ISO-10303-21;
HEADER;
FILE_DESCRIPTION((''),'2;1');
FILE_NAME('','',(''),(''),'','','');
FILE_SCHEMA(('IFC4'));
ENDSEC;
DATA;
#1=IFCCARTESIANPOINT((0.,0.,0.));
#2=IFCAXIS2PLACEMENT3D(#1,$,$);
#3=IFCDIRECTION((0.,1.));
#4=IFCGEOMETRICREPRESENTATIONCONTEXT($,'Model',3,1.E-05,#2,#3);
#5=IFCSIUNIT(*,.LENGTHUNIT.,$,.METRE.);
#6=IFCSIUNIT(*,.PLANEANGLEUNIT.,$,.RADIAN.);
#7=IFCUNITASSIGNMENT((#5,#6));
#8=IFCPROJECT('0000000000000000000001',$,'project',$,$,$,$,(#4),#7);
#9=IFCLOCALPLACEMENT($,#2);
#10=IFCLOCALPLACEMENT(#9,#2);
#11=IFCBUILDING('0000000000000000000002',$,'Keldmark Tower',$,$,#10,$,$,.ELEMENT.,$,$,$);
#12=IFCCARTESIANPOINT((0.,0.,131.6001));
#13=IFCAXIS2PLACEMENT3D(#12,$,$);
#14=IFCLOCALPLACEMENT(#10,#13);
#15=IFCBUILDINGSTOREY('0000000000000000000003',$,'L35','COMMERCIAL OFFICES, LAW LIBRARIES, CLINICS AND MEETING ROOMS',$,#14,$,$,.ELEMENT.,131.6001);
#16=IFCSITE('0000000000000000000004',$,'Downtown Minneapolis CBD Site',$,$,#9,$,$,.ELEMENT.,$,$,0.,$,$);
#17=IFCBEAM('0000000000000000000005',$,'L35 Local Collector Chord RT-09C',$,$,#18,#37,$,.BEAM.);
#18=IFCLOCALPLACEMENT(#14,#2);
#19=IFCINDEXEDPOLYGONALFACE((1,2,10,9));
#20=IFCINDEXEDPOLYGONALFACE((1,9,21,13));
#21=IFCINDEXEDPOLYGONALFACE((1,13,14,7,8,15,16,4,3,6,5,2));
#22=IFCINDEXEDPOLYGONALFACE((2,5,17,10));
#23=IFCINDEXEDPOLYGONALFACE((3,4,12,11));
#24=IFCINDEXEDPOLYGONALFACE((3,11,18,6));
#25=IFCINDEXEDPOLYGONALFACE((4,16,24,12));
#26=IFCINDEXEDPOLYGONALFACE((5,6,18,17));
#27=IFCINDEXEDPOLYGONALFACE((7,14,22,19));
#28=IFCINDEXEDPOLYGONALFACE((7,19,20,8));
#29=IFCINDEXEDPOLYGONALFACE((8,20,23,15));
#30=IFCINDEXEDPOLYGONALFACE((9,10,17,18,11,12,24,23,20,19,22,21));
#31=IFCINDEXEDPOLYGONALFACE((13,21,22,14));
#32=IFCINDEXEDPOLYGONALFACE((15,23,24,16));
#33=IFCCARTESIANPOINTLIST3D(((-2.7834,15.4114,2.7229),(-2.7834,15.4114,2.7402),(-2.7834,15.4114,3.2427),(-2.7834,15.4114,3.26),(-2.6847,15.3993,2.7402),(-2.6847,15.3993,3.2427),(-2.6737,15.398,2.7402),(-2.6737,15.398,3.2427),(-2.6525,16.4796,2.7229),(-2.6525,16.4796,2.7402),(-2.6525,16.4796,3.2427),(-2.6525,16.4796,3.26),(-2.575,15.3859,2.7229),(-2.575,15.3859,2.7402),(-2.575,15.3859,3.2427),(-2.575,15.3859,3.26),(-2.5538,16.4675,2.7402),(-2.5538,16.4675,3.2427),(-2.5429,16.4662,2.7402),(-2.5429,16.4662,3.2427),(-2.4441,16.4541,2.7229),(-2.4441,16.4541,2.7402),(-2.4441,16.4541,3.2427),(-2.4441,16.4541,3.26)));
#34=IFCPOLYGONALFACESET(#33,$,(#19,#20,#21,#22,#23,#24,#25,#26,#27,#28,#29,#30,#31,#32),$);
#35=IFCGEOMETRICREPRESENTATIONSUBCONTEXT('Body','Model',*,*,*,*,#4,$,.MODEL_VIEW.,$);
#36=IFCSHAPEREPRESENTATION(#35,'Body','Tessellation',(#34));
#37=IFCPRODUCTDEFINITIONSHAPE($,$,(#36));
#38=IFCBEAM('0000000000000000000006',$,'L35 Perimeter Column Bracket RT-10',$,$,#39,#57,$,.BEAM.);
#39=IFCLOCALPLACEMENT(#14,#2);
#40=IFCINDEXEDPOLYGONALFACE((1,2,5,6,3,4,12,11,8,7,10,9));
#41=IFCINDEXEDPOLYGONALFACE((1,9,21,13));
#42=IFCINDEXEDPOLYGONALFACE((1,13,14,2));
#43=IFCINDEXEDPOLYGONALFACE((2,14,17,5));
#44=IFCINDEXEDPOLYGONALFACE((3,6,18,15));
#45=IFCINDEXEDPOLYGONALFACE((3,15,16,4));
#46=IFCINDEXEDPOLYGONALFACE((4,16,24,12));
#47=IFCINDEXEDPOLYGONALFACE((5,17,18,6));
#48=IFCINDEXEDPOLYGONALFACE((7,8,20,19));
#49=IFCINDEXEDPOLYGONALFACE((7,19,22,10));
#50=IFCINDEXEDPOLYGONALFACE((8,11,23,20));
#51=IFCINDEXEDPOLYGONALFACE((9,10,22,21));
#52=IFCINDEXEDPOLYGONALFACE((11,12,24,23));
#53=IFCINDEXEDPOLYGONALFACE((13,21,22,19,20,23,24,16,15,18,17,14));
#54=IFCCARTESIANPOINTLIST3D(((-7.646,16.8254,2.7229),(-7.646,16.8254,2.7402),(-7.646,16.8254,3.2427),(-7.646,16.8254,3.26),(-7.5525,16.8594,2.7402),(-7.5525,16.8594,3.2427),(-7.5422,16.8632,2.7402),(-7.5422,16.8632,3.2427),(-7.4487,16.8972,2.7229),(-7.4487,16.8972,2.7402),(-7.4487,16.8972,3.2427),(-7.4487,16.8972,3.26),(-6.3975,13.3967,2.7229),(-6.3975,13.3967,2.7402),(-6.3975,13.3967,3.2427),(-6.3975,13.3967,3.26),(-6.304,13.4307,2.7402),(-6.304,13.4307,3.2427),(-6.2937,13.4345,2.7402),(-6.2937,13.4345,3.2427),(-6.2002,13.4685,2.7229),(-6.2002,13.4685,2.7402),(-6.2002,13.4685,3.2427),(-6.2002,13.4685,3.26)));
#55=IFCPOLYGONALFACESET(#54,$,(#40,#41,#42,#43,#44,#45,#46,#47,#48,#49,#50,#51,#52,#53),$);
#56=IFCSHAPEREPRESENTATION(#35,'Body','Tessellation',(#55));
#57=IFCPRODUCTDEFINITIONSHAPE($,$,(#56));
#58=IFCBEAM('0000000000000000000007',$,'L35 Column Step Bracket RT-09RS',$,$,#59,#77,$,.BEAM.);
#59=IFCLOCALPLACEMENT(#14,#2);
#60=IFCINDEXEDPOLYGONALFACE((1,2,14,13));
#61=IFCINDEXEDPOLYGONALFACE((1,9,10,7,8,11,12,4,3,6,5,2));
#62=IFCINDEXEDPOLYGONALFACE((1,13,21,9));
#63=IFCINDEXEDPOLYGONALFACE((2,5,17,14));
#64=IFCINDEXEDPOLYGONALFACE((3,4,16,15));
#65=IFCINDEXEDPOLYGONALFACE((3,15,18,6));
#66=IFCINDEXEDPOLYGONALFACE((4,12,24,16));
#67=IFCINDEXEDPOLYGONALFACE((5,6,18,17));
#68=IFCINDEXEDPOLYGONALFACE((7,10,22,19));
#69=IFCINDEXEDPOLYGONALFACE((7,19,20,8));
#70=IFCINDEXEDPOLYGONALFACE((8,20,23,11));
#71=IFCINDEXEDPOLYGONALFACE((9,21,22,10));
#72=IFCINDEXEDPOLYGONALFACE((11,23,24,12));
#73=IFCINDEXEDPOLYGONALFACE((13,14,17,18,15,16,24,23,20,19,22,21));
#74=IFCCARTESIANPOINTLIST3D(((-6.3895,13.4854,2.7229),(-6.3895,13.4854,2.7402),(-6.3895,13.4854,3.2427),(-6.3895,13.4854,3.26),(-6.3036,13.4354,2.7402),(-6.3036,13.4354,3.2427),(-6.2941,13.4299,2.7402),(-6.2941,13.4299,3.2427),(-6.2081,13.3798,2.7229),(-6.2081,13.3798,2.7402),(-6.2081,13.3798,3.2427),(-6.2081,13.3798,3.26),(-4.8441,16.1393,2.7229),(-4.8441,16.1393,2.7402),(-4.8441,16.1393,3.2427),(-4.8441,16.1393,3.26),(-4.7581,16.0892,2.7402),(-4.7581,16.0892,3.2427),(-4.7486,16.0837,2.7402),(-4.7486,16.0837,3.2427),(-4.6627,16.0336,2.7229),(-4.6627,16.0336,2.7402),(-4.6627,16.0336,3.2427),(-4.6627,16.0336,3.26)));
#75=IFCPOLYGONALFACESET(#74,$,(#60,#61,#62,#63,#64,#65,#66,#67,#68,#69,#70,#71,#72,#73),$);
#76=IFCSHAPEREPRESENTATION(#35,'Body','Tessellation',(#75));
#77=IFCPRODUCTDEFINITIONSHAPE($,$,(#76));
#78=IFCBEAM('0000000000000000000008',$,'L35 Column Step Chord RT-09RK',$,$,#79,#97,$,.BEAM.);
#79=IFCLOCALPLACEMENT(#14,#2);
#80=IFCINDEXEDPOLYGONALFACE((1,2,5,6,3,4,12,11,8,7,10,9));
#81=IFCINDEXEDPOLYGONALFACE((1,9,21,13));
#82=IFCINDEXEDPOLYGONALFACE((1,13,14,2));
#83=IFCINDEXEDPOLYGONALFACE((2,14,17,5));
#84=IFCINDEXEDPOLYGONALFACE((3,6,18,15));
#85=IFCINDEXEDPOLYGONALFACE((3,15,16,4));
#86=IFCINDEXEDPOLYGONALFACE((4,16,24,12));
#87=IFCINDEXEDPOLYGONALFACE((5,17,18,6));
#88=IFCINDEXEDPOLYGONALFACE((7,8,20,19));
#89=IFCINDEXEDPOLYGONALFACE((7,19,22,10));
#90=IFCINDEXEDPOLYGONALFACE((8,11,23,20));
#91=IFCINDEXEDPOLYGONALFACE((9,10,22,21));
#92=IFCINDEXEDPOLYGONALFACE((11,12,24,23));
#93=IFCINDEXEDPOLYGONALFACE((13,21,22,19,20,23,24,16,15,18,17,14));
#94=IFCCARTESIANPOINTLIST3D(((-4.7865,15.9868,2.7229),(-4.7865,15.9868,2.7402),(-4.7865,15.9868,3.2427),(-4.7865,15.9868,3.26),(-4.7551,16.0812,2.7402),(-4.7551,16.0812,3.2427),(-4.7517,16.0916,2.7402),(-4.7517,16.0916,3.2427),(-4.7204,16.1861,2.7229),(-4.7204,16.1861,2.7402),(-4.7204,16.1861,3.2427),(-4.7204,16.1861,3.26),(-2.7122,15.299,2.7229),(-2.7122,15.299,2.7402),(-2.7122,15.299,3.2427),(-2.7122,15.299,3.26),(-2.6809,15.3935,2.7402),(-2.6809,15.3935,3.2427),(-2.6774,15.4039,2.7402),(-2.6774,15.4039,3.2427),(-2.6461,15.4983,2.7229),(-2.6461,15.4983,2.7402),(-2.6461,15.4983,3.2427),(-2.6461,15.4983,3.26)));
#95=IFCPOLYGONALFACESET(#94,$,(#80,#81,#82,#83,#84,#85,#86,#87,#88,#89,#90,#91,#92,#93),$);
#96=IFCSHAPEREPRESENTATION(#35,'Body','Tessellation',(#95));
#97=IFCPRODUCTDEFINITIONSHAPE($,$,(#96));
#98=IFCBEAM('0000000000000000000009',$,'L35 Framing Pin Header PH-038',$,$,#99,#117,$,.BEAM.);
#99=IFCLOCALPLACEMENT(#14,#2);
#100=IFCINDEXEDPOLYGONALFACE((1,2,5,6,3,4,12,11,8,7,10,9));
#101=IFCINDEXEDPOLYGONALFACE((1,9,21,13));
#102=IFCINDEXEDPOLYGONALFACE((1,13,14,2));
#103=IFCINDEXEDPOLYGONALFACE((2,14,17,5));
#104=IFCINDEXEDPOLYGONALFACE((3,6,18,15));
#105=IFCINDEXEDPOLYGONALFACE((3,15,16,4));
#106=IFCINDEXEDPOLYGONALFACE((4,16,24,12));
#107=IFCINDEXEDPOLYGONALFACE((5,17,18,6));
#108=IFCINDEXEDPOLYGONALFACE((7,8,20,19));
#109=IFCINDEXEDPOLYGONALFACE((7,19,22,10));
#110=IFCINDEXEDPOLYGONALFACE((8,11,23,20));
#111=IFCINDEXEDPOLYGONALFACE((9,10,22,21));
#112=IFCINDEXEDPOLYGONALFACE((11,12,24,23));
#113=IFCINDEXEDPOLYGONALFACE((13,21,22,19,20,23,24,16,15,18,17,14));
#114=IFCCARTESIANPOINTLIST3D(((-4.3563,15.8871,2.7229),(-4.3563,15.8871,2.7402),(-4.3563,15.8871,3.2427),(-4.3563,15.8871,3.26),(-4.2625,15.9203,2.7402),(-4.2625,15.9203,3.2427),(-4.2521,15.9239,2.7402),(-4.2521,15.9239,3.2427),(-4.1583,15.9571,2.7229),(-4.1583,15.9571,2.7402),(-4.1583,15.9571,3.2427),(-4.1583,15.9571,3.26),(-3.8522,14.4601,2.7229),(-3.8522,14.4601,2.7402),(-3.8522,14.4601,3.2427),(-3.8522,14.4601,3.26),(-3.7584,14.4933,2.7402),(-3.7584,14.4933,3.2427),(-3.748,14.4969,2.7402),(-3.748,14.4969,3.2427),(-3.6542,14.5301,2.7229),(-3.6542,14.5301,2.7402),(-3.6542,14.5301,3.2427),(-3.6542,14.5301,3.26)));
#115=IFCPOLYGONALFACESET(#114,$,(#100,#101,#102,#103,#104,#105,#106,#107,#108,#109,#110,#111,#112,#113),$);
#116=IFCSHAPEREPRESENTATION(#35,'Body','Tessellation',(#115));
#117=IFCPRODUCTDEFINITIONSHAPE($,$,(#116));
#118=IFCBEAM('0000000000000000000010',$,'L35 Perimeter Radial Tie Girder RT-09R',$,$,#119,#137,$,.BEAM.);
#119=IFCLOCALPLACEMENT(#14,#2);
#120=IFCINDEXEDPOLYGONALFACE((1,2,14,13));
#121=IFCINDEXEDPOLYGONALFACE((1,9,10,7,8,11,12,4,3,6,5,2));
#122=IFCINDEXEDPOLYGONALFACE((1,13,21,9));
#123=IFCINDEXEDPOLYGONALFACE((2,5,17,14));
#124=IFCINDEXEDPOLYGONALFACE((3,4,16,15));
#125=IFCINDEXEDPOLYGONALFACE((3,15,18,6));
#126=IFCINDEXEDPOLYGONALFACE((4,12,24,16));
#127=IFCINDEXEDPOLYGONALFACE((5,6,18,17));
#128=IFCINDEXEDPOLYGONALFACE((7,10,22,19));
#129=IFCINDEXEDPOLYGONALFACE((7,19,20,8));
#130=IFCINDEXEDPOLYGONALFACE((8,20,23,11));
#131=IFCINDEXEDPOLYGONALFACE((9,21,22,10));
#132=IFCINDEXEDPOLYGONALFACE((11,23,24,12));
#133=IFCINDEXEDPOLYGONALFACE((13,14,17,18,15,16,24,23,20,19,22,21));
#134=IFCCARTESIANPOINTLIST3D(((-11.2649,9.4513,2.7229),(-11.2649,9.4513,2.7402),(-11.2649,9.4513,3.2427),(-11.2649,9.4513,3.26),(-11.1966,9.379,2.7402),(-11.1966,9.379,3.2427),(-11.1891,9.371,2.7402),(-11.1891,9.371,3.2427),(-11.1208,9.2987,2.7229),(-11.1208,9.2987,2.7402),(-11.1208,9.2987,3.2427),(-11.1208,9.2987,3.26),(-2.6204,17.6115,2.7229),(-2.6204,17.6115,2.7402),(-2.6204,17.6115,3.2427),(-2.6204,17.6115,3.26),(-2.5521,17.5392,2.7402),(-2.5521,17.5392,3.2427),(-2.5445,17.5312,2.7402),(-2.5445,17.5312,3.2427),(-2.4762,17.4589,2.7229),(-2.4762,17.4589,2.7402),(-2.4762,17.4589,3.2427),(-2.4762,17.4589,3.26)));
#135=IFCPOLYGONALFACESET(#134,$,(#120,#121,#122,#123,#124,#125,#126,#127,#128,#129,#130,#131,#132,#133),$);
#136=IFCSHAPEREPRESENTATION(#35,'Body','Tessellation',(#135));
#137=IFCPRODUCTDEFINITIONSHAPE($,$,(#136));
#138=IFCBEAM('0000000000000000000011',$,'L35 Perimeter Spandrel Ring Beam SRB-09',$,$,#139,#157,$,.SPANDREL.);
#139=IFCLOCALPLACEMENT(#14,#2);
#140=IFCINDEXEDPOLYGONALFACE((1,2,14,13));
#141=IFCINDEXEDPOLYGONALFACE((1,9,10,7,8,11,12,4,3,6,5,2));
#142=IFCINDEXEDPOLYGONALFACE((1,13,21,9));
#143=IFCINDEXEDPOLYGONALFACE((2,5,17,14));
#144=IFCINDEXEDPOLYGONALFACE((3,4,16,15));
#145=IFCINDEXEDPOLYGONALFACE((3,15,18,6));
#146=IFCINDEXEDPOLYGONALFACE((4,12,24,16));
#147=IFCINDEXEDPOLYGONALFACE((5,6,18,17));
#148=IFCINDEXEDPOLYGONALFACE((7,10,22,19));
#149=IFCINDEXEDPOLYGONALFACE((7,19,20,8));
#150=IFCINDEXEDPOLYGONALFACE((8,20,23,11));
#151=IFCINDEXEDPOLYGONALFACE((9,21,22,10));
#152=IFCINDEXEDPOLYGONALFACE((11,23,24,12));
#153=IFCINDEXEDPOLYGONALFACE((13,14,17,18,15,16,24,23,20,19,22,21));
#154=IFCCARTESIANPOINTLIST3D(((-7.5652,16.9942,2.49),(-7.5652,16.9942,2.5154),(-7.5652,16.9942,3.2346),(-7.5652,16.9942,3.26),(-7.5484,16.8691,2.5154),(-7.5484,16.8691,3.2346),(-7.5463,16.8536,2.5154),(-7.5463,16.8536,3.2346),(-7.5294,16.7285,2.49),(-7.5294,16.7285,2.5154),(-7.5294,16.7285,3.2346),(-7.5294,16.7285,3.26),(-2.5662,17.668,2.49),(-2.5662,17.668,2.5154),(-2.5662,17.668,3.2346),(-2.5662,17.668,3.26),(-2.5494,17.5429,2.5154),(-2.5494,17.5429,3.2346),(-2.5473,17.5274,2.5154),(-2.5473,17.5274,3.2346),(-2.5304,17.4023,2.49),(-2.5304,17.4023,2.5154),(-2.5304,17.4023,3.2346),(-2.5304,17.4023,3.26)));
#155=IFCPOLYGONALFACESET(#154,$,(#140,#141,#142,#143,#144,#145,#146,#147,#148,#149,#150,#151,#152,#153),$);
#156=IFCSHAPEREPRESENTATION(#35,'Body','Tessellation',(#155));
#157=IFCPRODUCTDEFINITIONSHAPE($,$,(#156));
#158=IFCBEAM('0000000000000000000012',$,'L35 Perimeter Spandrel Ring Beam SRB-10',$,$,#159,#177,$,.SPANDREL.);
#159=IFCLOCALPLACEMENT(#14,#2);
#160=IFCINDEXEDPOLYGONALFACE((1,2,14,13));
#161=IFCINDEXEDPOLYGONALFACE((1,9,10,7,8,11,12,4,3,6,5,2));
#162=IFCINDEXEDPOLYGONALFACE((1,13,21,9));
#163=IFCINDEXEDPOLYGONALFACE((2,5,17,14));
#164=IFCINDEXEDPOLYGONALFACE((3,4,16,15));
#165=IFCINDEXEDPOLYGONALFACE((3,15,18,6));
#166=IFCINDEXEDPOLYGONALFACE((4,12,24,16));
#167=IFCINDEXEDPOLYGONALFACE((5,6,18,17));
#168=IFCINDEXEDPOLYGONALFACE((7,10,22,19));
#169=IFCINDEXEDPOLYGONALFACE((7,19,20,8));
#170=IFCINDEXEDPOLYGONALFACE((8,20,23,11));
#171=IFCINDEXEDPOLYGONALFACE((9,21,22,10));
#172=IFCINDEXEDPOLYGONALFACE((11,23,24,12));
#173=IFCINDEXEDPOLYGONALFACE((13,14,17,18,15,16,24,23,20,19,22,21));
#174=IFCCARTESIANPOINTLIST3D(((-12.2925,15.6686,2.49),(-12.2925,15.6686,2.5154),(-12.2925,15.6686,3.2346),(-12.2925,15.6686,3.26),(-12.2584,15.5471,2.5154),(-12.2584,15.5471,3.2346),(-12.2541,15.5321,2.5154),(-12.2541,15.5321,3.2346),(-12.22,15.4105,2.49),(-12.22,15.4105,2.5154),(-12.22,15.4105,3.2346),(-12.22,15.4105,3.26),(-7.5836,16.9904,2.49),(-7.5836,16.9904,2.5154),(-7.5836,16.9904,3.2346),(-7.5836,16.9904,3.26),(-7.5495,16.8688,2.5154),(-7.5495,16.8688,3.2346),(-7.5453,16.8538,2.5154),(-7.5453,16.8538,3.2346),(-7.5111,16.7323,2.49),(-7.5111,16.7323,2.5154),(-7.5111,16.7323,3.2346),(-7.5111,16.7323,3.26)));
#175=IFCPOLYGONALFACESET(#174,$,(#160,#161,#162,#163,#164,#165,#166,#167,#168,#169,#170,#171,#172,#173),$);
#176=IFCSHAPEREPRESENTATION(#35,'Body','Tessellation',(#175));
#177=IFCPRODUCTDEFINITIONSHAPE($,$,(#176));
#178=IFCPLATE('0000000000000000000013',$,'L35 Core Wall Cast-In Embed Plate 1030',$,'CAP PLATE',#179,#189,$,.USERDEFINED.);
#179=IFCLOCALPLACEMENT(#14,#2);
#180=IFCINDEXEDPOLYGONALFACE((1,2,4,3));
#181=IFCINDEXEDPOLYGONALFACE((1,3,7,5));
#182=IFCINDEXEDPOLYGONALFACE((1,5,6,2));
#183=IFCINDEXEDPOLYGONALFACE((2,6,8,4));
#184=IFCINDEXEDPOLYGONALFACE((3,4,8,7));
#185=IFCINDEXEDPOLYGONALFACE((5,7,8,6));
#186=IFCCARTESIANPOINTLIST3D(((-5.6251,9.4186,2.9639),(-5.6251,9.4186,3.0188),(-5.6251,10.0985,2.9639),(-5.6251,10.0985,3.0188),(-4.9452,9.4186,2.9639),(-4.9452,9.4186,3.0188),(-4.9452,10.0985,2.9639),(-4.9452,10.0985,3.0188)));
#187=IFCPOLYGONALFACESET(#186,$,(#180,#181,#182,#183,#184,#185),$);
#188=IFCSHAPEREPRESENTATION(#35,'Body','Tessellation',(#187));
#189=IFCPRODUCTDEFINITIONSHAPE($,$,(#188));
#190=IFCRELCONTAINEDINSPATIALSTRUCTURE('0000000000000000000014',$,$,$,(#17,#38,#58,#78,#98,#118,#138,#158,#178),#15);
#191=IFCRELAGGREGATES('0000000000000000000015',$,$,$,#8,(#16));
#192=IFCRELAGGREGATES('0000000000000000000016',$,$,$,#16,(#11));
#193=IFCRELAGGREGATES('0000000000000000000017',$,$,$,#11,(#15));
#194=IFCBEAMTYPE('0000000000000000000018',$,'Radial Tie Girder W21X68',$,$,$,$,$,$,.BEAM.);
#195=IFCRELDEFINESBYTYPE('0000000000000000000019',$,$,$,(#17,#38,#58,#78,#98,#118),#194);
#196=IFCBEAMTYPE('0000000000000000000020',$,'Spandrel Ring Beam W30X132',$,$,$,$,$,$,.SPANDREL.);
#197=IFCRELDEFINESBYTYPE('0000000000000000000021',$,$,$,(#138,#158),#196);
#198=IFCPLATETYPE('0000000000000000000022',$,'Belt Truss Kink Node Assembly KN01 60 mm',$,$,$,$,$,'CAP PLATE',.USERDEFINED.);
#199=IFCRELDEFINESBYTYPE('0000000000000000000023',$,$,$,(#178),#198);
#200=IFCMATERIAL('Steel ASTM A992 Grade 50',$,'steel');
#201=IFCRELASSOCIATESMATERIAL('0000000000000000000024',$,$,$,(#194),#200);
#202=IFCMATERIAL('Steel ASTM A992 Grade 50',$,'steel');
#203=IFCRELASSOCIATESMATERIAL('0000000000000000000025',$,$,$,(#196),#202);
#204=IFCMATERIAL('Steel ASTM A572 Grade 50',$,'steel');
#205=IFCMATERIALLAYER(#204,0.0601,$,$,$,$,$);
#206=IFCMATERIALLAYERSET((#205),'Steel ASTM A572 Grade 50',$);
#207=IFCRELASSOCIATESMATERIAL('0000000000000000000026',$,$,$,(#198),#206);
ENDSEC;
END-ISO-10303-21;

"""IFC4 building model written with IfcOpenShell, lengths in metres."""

from ifc_helpers import new_model, si_unit, direction, frame, origin, origin_2d, place, context, subcontext, project, spatial, rectangle, i_section, extrude, material, layer, layer_set, material_profile, profile_set, type_object, element, save


model = new_model("IFC4")

# Units and contexts
model_context = context("Model", 3, precision=1e-05, world=origin(), true_north=direction((0.0, 1.0)))
body_context = subcontext(model_context, "Body", "Model", "MODEL_VIEW")
ifc_project = project(units=[si_unit("LENGTHUNIT", "METRE"), si_unit("PLANEANGLEUNIT", "RADIAN")], contexts=[model_context])

# Site, building, storey
site_placement = place(None, origin())
site = spatial("IfcSite", under=ifc_project, at=site_placement, Name="Downtown Minneapolis CBD Site", CompositionType="ELEMENT", RefElevation=0.0)
building_placement = place(site_placement, origin())
building = spatial("IfcBuilding", under=site, at=building_placement, Name="Keldmark Tower", CompositionType="ELEMENT")
storey_placement = place(building_placement, frame((0.0, 0.0, 131.6001)))
storey = spatial("IfcBuildingStorey", under=building, at=storey_placement, Name="L35", Description="COMMERCIAL OFFICES, LAW LIBRARIES, CLINICS AND MEETING ROOMS", CompositionType="ELEMENT", Elevation=131.6001)

# Beams
ifc_material_1 = material(Name="Steel ASTM A992 Grade 50", Category="steel")
ifc_material_profile_1 = material_profile(ifc_material_1, i_section(OverallWidth=0.21, OverallDepth=0.5371, WebThickness=0.011, FlangeThickness=0.0173, at=origin_2d()), Name="W21X68")
ifc_profile_set_1 = profile_set([ifc_material_profile_1], Name="Steel ASTM A992 Grade 50")
beam_type_1 = type_object("IfcBeamType", Name="Radial Tie Girder W21X68", PredefinedType="BEAM", material=ifc_profile_set_1)
beam_1_placement = place(storey_placement, frame((-2.6792, 15.3987, 2.9915), z_axis=(0.121605, 0.992579, 0.0), x_axis=(-0.992579, 0.121605, 0.0)))
element("IfcBeam", 1, at=beam_1_placement, inside=storey, type_object=beam_type_1, Name="L35 Local Collector Chord RT-09C", PredefinedType="BEAM", context=body_context, shape_type="SweptSolid", body=[
    extrude(i_section(OverallWidth=0.21, OverallDepth=0.5371, WebThickness=0.011, FlangeThickness=0.0173, at=origin_2d()), origin(), (0.0, 0.0, 1.0), 1.0762),
])
beam_2_placement = place(storey_placement, frame((-6.2988, 13.4326, 2.9915), z_axis=(-0.342162, 0.939641, 0.0), x_axis=(-0.939641, -0.342162, 0.0)))
element("IfcBeam", 2, at=beam_2_placement, inside=storey, type_object=beam_type_1, Name="L35 Perimeter Column Bracket RT-10", PredefinedType="BEAM", context=body_context, shape_type="SweptSolid", body=[
    extrude(i_section(OverallWidth=0.21, OverallDepth=0.5371, WebThickness=0.011, FlangeThickness=0.0173, at=origin_2d()), origin(), (0.0, 0.0, 1.0), 3.6489),
])
beam_3_placement = place(storey_placement, frame((-6.2988, 13.4326, 2.9915), z_axis=(0.503228, 0.864154, 0.0), x_axis=(-0.864154, 0.503228, 0.0)))
element("IfcBeam", 3, at=beam_3_placement, inside=storey, type_object=beam_type_1, Name="L35 Column Step Bracket RT-09RS", PredefinedType="BEAM", context=body_context, shape_type="SweptSolid", body=[
    extrude(i_section(OverallWidth=0.21, OverallDepth=0.5371, WebThickness=0.011, FlangeThickness=0.0173, at=origin_2d()), origin(), (0.0, 0.0, 1.0), 3.071),
])
beam_4_placement = place(storey_placement, frame((-4.7534, 16.0864, 2.9915), z_axis=(0.949185, -0.314719, 0.0), x_axis=(0.314719, 0.949185, 0.0)))
element("IfcBeam", 4, at=beam_4_placement, inside=storey, type_object=beam_type_1, Name="L35 Column Step Chord RT-09RK", PredefinedType="BEAM", context=body_context, shape_type="SweptSolid", body=[
    extrude(i_section(OverallWidth=0.21, OverallDepth=0.5371, WebThickness=0.011, FlangeThickness=0.0173, at=origin_2d()), origin(), (0.0, 0.0, 1.0), 2.1853),
])
beam_5_placement = place(storey_placement, frame((-3.7532, 14.4951, 2.9915), z_axis=(-0.333115, 0.942886, 0.0), x_axis=(-0.942886, -0.333115, 0.0)))
element("IfcBeam", 5, at=beam_5_placement, inside=storey, type_object=beam_type_1, Name="L35 Framing Pin Header PH-038", PredefinedType="BEAM", context=body_context, shape_type="SweptSolid", body=[
    extrude(i_section(OverallWidth=0.21, OverallDepth=0.5371, WebThickness=0.011, FlangeThickness=0.0173, at=origin_2d()), origin(), (0.0, 0.0, 1.0), 1.5134),
])
beam_6_placement = place(storey_placement, frame((-11.1929, 9.375, 2.9915), z_axis=(0.727186, 0.68644, 0.0), x_axis=(-0.68644, 0.727186, 0.0)))
element("IfcBeam", 6, at=beam_6_placement, inside=storey, type_object=beam_type_1, Name="L35 Perimeter Radial Tie Girder RT-09R", PredefinedType="BEAM", context=body_context, shape_type="SweptSolid", body=[
    extrude(i_section(OverallWidth=0.21, OverallDepth=0.5371, WebThickness=0.011, FlangeThickness=0.0173, at=origin_2d()), origin(), (0.0, 0.0, 1.0), 11.8877),
])
ifc_material_2 = material(Name="Steel ASTM A992 Grade 50", Category="steel")
ifc_material_profile_2 = material_profile(ifc_material_2, i_section(OverallWidth=0.2681, OverallDepth=0.77, WebThickness=0.0156, FlangeThickness=0.0254, at=origin_2d()), Name="W30X132")
ifc_profile_set_2 = profile_set([ifc_material_profile_2], Name="Steel ASTM A992 Grade 50")
beam_type_2 = type_object("IfcBeamType", Name="Spandrel Ring Beam W30X132", PredefinedType="SPANDREL", material=ifc_profile_set_2)
beam_7_placement = place(storey_placement, frame((-2.5483, 17.5352, 2.875), z_axis=(-0.991038, -0.133584, 0.0), x_axis=(0.133584, -0.991038, 0.0)))
element("IfcBeam", 7, at=beam_7_placement, inside=storey, type_object=beam_type_2, Name="L35 Perimeter Spandrel Ring Beam SRB-09", PredefinedType="SPANDREL", context=body_context, shape_type="SweptSolid", body=[
    extrude(i_section(OverallWidth=0.2681, OverallDepth=0.77, WebThickness=0.0156, FlangeThickness=0.0254, at=origin_2d()), origin(), (0.0, 0.0, 1.0), 5.0442),
])
beam_8_placement = place(storey_placement, frame((-7.5474, 16.8613, 2.875), z_axis=(-0.962791, -0.270248, 0.0), x_axis=(0.270248, -0.962791, 0.0)))
element("IfcBeam", 8, at=beam_8_placement, inside=storey, type_object=beam_type_2, Name="L35 Perimeter Spandrel Ring Beam SRB-10", PredefinedType="SPANDREL", context=body_context, shape_type="SweptSolid", body=[
    extrude(i_section(OverallWidth=0.2681, OverallDepth=0.77, WebThickness=0.0156, FlangeThickness=0.0254, at=origin_2d()), origin(), (0.0, 0.0, 1.0), 4.8909),
])

# Plate
ifc_material_3 = material(Name="Steel ASTM A572 Grade 50", Category="steel")
ifc_layer_1 = layer(ifc_material_3, 0.0601)
ifc_layer_set_1 = layer_set([ifc_layer_1], Name="Steel ASTM A572 Grade 50")
plate_type_1 = type_object("IfcPlateType", Name="Belt Truss Kink Node Assembly KN01 60 mm", ElementType="CAP PLATE", PredefinedType="USERDEFINED", material=ifc_layer_set_1)
for number, where, z_axis, x_axis, name in (
    (9, (-5.2852, 9.7585, 2.9639), (0.0, 0.0, 1.0), (1.0, 0.0, 0.0), "L35 Core Wall Cast-In Embed Plate 1030"),
):
    element("IfcPlate", number, at=place(storey_placement, frame(where, z_axis=z_axis, x_axis=x_axis)), inside=storey, type_object=plate_type_1, Name=name, ObjectType="CAP PLATE", PredefinedType="USERDEFINED", context=body_context, shape_type="SweptSolid", body=[
        extrude(rectangle(XDim=0.6799, YDim=0.6799, at=origin_2d()), origin(), (0.0, 0.0, 1.0), 0.0549),
    ])

save(model, "model.ifc")
